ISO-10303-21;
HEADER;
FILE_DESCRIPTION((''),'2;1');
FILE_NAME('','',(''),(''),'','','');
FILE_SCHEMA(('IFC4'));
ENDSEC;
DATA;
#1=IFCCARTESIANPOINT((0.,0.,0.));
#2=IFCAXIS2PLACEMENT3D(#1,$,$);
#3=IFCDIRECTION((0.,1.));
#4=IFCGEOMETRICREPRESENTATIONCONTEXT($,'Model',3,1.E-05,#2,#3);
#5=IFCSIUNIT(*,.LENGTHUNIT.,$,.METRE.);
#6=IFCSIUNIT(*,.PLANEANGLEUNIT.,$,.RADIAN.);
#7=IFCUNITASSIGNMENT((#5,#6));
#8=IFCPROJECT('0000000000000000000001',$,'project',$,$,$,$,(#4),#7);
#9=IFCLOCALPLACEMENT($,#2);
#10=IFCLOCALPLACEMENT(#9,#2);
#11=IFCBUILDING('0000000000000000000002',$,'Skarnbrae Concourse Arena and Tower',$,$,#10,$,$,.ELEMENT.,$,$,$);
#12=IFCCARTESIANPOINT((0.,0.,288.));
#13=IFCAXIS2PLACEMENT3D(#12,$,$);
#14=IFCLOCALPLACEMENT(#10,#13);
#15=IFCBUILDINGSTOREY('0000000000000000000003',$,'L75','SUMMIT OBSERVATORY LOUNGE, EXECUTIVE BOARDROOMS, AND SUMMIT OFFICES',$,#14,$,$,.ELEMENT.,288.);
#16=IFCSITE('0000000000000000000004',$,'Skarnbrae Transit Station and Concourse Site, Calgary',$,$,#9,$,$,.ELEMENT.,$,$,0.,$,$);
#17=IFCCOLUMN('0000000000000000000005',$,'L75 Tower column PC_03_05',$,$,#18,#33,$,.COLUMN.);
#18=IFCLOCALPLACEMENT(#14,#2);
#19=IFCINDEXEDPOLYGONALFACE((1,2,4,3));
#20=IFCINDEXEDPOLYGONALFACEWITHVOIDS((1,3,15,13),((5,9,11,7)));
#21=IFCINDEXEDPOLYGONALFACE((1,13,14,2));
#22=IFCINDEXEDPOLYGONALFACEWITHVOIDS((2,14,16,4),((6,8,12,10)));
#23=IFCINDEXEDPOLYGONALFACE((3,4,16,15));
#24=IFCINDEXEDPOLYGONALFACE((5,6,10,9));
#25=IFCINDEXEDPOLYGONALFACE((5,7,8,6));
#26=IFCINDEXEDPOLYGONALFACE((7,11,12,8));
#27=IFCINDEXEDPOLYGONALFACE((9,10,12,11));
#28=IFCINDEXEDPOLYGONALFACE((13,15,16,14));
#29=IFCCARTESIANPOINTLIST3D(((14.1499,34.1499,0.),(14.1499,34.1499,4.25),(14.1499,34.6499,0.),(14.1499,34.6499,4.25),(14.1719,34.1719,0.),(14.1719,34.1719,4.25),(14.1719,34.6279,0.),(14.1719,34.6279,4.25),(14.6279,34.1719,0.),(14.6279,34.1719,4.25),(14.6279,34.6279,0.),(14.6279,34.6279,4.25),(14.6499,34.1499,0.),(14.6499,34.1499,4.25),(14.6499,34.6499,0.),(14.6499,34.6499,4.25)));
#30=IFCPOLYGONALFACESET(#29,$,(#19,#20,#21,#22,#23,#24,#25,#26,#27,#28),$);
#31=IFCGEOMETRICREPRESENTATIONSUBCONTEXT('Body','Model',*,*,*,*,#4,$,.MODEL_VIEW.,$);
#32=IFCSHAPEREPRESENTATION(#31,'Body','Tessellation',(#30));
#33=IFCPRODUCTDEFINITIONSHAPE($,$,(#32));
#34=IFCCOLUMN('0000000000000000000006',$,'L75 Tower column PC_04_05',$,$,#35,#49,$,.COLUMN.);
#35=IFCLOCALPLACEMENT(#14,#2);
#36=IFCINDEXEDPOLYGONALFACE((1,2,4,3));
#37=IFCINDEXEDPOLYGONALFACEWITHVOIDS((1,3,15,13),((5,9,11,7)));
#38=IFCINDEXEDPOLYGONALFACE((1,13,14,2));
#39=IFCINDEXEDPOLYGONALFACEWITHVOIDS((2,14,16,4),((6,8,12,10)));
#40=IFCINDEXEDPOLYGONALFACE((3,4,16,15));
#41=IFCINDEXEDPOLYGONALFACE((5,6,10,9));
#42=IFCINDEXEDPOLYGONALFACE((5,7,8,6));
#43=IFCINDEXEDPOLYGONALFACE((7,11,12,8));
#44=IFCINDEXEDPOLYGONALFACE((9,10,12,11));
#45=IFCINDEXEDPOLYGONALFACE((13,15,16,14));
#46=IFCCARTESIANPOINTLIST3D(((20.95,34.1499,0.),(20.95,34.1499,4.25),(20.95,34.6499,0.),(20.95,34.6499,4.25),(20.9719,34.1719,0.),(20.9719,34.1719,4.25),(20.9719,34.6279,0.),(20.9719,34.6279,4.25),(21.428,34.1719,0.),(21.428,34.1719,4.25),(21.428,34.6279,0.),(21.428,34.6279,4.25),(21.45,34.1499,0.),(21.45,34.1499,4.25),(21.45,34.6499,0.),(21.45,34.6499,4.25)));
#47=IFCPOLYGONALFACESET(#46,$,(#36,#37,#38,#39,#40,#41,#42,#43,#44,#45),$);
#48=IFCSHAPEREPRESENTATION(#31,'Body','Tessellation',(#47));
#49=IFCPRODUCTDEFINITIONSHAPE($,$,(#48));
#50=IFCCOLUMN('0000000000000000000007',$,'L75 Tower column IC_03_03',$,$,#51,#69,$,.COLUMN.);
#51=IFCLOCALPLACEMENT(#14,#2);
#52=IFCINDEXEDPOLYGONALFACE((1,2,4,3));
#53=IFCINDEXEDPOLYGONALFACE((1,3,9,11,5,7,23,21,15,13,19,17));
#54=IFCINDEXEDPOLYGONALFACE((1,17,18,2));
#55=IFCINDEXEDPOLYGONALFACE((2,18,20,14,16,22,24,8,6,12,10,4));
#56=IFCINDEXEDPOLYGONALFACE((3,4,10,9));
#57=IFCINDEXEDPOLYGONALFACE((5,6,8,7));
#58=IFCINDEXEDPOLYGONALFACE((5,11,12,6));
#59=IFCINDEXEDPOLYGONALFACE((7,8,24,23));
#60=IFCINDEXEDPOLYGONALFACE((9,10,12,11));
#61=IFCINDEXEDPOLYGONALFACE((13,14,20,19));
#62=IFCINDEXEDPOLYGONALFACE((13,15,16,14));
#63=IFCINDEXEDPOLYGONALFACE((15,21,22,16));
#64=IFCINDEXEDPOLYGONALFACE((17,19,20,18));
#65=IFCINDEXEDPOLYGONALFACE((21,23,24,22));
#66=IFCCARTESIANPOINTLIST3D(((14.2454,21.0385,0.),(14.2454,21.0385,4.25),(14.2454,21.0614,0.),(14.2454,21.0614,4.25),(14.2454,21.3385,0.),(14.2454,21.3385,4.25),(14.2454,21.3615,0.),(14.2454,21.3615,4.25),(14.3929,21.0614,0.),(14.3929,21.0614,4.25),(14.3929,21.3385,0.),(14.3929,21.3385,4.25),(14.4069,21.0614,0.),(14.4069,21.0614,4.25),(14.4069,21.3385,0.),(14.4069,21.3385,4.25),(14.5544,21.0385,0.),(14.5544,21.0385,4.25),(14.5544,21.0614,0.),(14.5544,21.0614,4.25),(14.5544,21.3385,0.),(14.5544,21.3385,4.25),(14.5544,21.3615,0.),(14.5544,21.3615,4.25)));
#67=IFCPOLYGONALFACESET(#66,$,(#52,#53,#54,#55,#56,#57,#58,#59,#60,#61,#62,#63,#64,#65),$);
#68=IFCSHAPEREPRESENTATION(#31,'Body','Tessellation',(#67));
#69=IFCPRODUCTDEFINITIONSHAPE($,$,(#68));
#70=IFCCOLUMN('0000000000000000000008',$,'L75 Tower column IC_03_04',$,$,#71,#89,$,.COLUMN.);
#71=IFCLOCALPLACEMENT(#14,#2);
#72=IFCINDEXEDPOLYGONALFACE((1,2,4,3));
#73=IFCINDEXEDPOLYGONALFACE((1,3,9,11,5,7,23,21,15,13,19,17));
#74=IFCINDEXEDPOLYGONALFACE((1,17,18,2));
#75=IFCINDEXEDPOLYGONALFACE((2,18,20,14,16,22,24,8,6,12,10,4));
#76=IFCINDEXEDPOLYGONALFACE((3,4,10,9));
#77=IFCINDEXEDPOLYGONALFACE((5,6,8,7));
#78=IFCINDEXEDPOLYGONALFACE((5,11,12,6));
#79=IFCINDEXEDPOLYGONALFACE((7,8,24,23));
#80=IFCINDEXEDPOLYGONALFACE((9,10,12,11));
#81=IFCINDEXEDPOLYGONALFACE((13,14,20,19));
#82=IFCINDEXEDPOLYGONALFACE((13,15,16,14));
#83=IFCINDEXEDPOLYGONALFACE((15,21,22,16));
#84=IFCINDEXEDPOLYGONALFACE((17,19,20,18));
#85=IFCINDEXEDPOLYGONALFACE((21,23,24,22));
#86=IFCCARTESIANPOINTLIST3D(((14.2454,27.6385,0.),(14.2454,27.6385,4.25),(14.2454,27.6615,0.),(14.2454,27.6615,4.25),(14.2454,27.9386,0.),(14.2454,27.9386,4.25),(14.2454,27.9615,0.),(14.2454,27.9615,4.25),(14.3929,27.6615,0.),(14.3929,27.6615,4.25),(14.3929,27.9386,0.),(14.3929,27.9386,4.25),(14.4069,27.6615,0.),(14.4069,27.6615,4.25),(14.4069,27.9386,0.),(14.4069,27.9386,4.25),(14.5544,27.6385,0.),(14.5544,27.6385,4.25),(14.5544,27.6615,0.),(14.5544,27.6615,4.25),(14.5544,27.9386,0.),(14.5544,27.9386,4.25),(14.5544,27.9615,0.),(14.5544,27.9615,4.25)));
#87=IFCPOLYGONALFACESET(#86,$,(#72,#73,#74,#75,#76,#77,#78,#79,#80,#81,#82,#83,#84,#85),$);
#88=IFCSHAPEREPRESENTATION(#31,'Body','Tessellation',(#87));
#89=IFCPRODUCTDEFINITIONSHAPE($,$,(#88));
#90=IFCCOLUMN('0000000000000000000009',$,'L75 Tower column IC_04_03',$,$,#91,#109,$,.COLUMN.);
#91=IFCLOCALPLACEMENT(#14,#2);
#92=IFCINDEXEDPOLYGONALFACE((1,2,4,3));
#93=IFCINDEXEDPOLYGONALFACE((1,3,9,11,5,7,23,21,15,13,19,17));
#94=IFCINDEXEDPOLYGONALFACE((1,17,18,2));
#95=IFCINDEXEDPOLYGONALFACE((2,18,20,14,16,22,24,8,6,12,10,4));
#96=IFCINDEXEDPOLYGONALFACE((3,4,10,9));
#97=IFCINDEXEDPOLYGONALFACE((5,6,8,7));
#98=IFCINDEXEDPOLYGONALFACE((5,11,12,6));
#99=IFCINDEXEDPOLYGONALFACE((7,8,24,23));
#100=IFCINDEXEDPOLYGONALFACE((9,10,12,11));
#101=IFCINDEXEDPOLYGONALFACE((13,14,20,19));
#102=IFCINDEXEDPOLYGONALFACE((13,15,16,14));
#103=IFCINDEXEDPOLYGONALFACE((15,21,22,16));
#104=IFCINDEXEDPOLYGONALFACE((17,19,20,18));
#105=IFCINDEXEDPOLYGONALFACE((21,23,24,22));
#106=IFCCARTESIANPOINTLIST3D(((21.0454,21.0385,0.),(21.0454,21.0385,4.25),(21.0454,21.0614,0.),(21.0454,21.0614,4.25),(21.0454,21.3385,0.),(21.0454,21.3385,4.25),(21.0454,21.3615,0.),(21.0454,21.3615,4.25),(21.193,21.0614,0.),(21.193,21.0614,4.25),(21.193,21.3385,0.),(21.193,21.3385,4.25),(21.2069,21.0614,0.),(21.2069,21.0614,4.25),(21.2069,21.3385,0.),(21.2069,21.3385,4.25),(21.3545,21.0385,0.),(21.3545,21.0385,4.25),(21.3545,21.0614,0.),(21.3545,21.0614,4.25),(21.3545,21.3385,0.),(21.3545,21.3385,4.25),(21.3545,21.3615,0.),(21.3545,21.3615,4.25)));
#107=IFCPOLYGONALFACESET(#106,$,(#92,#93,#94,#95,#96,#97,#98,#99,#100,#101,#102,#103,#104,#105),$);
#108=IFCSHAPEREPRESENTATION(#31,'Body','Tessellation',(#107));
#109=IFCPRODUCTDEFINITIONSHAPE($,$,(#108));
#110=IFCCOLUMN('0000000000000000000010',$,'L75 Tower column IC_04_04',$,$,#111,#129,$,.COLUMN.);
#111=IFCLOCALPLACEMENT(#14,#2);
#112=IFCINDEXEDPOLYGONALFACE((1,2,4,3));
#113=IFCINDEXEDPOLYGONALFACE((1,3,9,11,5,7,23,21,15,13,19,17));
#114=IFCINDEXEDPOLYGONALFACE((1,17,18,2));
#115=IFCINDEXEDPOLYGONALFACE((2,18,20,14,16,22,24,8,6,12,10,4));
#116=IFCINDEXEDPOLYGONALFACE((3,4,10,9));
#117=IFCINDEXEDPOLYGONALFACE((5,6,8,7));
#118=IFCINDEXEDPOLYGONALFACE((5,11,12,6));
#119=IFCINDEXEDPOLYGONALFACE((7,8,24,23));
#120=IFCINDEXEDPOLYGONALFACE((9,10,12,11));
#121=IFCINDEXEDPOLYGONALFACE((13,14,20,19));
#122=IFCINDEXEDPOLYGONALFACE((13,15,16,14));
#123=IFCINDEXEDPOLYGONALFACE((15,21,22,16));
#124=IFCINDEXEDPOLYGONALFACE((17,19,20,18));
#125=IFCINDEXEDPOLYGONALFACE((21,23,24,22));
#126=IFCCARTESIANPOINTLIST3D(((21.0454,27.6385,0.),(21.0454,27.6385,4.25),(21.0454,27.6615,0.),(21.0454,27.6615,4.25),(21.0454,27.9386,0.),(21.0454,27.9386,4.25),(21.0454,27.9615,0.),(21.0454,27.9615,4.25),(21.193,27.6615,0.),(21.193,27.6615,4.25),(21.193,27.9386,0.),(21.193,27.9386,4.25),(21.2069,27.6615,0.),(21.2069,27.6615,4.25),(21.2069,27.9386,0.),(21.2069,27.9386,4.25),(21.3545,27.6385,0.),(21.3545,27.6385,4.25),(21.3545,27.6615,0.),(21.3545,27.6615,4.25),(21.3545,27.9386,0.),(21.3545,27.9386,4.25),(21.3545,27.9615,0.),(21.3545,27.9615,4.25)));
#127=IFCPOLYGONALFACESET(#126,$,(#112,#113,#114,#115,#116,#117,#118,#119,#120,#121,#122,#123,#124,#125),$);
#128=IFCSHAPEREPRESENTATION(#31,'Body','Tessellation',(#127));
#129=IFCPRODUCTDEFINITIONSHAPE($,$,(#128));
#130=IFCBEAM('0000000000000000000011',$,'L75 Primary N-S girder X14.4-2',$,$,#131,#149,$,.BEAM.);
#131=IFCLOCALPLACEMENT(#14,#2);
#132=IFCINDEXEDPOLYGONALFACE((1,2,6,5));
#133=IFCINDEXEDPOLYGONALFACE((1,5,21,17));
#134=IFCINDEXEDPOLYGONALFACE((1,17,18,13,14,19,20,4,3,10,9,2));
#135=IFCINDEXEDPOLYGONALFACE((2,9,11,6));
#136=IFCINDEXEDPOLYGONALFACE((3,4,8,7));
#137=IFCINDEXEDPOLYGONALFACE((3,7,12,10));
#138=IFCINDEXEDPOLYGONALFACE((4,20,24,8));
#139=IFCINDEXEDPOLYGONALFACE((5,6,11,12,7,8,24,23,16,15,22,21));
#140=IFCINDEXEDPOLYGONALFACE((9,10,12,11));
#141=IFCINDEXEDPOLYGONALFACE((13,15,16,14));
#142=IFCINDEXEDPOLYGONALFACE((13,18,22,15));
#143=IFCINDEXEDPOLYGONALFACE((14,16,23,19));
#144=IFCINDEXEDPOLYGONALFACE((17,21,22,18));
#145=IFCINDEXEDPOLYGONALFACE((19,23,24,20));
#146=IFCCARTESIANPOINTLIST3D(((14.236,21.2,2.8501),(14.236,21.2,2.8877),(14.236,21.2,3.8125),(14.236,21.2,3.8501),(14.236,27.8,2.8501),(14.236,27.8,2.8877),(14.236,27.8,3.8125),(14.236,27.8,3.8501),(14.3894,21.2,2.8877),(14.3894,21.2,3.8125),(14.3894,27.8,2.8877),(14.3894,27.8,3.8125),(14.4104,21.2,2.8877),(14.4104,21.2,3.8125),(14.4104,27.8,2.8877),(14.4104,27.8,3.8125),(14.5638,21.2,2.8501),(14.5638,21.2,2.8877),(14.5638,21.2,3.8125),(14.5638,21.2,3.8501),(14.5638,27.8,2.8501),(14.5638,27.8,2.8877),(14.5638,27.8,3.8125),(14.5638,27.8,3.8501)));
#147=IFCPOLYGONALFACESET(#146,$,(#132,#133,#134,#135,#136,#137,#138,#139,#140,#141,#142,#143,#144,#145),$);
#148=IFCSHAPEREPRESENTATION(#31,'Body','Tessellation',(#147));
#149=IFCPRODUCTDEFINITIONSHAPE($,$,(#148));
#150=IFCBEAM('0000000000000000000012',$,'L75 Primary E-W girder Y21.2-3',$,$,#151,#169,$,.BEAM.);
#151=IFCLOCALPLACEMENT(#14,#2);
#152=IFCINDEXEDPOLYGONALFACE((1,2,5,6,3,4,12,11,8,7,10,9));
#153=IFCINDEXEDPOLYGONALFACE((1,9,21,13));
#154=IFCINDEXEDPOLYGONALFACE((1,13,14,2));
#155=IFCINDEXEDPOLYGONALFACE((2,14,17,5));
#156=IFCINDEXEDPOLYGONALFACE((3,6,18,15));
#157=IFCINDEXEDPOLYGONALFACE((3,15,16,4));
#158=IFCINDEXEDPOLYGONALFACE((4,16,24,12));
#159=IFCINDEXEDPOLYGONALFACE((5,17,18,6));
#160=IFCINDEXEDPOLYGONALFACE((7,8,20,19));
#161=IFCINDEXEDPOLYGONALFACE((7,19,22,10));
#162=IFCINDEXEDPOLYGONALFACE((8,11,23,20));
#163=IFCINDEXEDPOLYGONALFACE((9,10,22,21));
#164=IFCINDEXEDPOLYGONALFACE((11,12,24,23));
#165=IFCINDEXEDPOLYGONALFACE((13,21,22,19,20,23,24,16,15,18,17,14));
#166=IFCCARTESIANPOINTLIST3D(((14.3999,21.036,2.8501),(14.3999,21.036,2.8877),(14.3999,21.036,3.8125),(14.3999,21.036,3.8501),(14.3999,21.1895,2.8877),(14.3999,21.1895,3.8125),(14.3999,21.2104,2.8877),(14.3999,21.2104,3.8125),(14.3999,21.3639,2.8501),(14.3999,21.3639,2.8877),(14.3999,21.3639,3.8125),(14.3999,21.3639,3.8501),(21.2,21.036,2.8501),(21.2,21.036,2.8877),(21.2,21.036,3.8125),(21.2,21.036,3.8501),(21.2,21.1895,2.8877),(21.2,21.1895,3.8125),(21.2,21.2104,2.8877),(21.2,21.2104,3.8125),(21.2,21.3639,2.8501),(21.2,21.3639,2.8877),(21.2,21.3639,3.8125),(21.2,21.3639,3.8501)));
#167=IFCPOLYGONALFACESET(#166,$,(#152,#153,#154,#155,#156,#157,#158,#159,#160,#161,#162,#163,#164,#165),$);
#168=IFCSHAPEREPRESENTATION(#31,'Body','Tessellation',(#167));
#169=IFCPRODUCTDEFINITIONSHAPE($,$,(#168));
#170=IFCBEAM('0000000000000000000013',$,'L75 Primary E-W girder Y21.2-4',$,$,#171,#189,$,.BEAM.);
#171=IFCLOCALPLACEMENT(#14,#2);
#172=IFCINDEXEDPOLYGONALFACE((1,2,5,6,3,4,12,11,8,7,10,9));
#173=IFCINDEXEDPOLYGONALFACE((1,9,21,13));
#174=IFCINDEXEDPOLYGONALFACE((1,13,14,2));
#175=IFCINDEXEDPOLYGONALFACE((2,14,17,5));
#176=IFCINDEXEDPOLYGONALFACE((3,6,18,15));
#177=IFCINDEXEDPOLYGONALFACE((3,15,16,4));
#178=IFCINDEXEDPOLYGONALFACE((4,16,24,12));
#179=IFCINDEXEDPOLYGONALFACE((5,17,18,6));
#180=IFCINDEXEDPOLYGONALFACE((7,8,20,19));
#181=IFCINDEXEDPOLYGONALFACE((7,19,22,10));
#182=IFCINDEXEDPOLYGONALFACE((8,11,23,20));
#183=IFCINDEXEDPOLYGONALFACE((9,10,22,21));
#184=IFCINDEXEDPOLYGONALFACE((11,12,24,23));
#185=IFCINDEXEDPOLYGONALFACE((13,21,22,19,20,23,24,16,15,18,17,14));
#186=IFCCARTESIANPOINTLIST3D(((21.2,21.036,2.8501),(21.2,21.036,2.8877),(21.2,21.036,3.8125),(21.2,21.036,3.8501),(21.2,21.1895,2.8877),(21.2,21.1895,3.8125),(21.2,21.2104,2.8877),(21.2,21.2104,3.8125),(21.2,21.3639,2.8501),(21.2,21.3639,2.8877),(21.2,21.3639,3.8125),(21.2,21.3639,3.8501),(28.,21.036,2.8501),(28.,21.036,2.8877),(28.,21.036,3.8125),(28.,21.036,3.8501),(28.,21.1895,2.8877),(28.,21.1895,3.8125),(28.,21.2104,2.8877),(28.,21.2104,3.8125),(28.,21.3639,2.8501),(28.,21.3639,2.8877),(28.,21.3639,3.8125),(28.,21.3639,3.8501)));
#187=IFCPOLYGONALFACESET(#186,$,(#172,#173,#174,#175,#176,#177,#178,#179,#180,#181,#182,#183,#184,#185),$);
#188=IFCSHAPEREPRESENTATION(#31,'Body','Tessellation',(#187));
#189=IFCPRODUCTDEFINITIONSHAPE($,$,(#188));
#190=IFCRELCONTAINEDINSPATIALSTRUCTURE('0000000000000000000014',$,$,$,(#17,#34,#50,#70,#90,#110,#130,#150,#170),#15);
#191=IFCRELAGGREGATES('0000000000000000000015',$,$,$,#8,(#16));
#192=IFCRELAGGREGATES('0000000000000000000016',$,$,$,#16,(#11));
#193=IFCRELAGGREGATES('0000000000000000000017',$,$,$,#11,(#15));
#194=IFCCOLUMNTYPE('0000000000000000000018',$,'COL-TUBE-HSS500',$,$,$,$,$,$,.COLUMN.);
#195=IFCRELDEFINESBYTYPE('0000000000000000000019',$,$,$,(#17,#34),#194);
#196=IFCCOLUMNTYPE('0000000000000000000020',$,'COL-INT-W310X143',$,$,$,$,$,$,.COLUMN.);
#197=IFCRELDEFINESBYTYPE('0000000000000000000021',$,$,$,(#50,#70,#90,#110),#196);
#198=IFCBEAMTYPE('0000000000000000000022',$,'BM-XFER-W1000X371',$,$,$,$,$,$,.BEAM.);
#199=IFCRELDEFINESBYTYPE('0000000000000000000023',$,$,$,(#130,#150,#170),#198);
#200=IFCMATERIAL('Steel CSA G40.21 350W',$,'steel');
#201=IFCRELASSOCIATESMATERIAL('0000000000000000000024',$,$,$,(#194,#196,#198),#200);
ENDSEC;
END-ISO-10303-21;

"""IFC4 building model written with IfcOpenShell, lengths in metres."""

from ifc_helpers import new_model, si_unit, direction, frame, origin, origin_2d, place, context, subcontext, project, spatial, hollow_rectangle, i_section, extrude, source, transform, mapped, material, material_profile, profile_set, type_object, element, save


model = new_model("IFC4")

# Units and contexts
model_context = context("Model", 3, precision=1e-05, world=origin(), true_north=direction((0.0, 1.0)))
body_context = subcontext(model_context, "Body", "Model", "MODEL_VIEW")
ifc_project = project(units=[si_unit("LENGTHUNIT", "METRE"), si_unit("PLANEANGLEUNIT", "RADIAN")], contexts=[model_context])

# Site, building, storey
site_placement = place(None, origin())
site = spatial("IfcSite", under=ifc_project, at=site_placement, Name="Skarnbrae Transit Station and Concourse Site, Calgary", CompositionType="ELEMENT", RefElevation=0.0)
building_placement = place(site_placement, origin())
building = spatial("IfcBuilding", under=site, at=building_placement, Name="Skarnbrae Concourse Arena and Tower", CompositionType="ELEMENT")
storey_placement = place(building_placement, frame((0.0, 0.0, 288.0)))
storey = spatial("IfcBuildingStorey", under=building, at=storey_placement, Name="L75", Description="SUMMIT OBSERVATORY LOUNGE, EXECUTIVE BOARDROOMS, AND SUMMIT OFFICES", CompositionType="ELEMENT", Elevation=288.0)

# Columns
ifc_material_1 = material(Name="Steel CSA G40.21 350W", Category="steel")
ifc_material_profile_1 = material_profile(ifc_material_1, hollow_rectangle(XDim=0.5, YDim=0.5, WallThickness=0.022, at=origin_2d()), Name="HSS500X500X22.0")
ifc_profile_set_1 = profile_set([ifc_material_profile_1], Name="Steel CSA G40.21 350W")
column_type_1 = type_object("IfcColumnType", Name="COL-TUBE-HSS500", PredefinedType="COLUMN", material=ifc_profile_set_1)
shared_shape_1 = source(origin(), body_context, "Body", "SweptSolid", [
    extrude(hollow_rectangle(XDim=0.5, YDim=0.5, WallThickness=0.022, at=origin_2d()), origin(), (0.0, 0.0, 1.0), 4.25),
])
for number, where, z_axis, x_axis, name in (
    (1, (14.3999, 34.3999, 0.0), (0.0, 0.0, 1.0), (1.0, 0.0, 0.0), "L75 Tower column PC_03_05"),
    (2, (21.2, 34.3999, 0.0), (0.0, 0.0, 1.0), (1.0, 0.0, 0.0), "L75 Tower column PC_04_05"),
):
    element("IfcColumn", number, at=place(storey_placement, frame(where, z_axis=z_axis, x_axis=x_axis)), inside=storey, type_object=column_type_1, Name=name, PredefinedType="COLUMN", context=body_context, shape_type="MappedRepresentation", body=[
        mapped(shared_shape_1, transform((0.0, 0.0, 0.0))),
    ])
ifc_material_profile_2 = material_profile(ifc_material_1, i_section(OverallWidth=0.3091, OverallDepth=0.323, WebThickness=0.0139, FlangeThickness=0.0229, at=origin_2d()), Name="W310X143")
ifc_profile_set_2 = profile_set([ifc_material_profile_2], Name="Steel CSA G40.21 350W")
column_type_2 = type_object("IfcColumnType", Name="COL-INT-W310X143", PredefinedType="COLUMN", material=ifc_profile_set_2)
shared_shape_2 = source(origin(), body_context, "Body", "SweptSolid", [
    extrude(i_section(OverallWidth=0.3091, OverallDepth=0.323, WebThickness=0.0139, FlangeThickness=0.0229, at=origin_2d()), origin(), (0.0, 0.0, 1.0), 4.25),
])
for number, where, z_axis, x_axis, name in (
    (3, (14.3999, 21.2, 0.0), (0.0, 0.0, 1.0), (1.0, 0.0, 0.0), "L75 Tower column IC_03_03"),
    (4, (14.3999, 27.8, 0.0), (0.0, 0.0, 1.0), (1.0, 0.0, 0.0), "L75 Tower column IC_03_04"),
    (5, (21.2, 21.2, 0.0), (0.0, 0.0, 1.0), (1.0, 0.0, 0.0), "L75 Tower column IC_04_03"),
    (6, (21.2, 27.8, 0.0), (0.0, 0.0, 1.0), (1.0, 0.0, 0.0), "L75 Tower column IC_04_04"),
):
    element("IfcColumn", number, at=place(storey_placement, frame(where, z_axis=z_axis, x_axis=x_axis)), inside=storey, type_object=column_type_2, Name=name, PredefinedType="COLUMN", context=body_context, shape_type="MappedRepresentation", body=[
        mapped(shared_shape_2, transform((0.0, 0.0, 0.0))),
    ])

# Beams
ifc_material_profile_3 = material_profile(ifc_material_1, i_section(OverallWidth=0.3279, OverallDepth=1.0, WebThickness=0.021, FlangeThickness=0.0376, at=origin_2d()), Name="W1000X371")
ifc_profile_set_3 = profile_set([ifc_material_profile_3], Name="Steel CSA G40.21 350W")
beam_type_1 = type_object("IfcBeamType", Name="BM-XFER-W1000X371", PredefinedType="BEAM", material=ifc_profile_set_3)
shared_shape_3 = source(origin(), body_context, "Body", "SweptSolid", [
    extrude(i_section(OverallWidth=0.3279, OverallDepth=1.0, WebThickness=0.021, FlangeThickness=0.0376, at=origin_2d()), origin(), (0.0, 0.0, 1.0), 6.6001),
])
beam_1_placement = place(storey_placement, frame((14.3999, 21.2, 3.3501), z_axis=(0.0, 1.0, 0.0), x_axis=(-1.0, 0.0, 0.0)))
element("IfcBeam", 7, at=beam_1_placement, inside=storey, type_object=beam_type_1, Name="L75 Primary N-S girder X14.4-2", PredefinedType="BEAM", context=body_context, shape_type="MappedRepresentation", body=[
    mapped(shared_shape_3, transform((0.0, 0.0, 0.0))),
])
shared_shape_4 = source(origin(), body_context, "Body", "SweptSolid", [
    extrude(i_section(OverallWidth=0.3279, OverallDepth=1.0, WebThickness=0.021, FlangeThickness=0.0376, at=origin_2d()), origin(), (0.0, 0.0, 1.0), 6.8),
])
for number, where, z_axis, x_axis, name in (
    (8, (14.3999, 21.2, 3.3501), (1.0, 0.0, 0.0), (0.0, 1.0, 0.0), "L75 Primary E-W girder Y21.2-3"),
    (9, (21.2, 21.2, 3.3501), (1.0, 0.0, 0.0), (0.0, 1.0, 0.0), "L75 Primary E-W girder Y21.2-4"),
):
    element("IfcBeam", number, at=place(storey_placement, frame(where, z_axis=z_axis, x_axis=x_axis)), inside=storey, type_object=beam_type_1, Name=name, PredefinedType="BEAM", context=body_context, shape_type="MappedRepresentation", body=[
        mapped(shared_shape_4, transform((0.0, 0.0, 0.0))),
    ])

save(model, "model.ifc")
